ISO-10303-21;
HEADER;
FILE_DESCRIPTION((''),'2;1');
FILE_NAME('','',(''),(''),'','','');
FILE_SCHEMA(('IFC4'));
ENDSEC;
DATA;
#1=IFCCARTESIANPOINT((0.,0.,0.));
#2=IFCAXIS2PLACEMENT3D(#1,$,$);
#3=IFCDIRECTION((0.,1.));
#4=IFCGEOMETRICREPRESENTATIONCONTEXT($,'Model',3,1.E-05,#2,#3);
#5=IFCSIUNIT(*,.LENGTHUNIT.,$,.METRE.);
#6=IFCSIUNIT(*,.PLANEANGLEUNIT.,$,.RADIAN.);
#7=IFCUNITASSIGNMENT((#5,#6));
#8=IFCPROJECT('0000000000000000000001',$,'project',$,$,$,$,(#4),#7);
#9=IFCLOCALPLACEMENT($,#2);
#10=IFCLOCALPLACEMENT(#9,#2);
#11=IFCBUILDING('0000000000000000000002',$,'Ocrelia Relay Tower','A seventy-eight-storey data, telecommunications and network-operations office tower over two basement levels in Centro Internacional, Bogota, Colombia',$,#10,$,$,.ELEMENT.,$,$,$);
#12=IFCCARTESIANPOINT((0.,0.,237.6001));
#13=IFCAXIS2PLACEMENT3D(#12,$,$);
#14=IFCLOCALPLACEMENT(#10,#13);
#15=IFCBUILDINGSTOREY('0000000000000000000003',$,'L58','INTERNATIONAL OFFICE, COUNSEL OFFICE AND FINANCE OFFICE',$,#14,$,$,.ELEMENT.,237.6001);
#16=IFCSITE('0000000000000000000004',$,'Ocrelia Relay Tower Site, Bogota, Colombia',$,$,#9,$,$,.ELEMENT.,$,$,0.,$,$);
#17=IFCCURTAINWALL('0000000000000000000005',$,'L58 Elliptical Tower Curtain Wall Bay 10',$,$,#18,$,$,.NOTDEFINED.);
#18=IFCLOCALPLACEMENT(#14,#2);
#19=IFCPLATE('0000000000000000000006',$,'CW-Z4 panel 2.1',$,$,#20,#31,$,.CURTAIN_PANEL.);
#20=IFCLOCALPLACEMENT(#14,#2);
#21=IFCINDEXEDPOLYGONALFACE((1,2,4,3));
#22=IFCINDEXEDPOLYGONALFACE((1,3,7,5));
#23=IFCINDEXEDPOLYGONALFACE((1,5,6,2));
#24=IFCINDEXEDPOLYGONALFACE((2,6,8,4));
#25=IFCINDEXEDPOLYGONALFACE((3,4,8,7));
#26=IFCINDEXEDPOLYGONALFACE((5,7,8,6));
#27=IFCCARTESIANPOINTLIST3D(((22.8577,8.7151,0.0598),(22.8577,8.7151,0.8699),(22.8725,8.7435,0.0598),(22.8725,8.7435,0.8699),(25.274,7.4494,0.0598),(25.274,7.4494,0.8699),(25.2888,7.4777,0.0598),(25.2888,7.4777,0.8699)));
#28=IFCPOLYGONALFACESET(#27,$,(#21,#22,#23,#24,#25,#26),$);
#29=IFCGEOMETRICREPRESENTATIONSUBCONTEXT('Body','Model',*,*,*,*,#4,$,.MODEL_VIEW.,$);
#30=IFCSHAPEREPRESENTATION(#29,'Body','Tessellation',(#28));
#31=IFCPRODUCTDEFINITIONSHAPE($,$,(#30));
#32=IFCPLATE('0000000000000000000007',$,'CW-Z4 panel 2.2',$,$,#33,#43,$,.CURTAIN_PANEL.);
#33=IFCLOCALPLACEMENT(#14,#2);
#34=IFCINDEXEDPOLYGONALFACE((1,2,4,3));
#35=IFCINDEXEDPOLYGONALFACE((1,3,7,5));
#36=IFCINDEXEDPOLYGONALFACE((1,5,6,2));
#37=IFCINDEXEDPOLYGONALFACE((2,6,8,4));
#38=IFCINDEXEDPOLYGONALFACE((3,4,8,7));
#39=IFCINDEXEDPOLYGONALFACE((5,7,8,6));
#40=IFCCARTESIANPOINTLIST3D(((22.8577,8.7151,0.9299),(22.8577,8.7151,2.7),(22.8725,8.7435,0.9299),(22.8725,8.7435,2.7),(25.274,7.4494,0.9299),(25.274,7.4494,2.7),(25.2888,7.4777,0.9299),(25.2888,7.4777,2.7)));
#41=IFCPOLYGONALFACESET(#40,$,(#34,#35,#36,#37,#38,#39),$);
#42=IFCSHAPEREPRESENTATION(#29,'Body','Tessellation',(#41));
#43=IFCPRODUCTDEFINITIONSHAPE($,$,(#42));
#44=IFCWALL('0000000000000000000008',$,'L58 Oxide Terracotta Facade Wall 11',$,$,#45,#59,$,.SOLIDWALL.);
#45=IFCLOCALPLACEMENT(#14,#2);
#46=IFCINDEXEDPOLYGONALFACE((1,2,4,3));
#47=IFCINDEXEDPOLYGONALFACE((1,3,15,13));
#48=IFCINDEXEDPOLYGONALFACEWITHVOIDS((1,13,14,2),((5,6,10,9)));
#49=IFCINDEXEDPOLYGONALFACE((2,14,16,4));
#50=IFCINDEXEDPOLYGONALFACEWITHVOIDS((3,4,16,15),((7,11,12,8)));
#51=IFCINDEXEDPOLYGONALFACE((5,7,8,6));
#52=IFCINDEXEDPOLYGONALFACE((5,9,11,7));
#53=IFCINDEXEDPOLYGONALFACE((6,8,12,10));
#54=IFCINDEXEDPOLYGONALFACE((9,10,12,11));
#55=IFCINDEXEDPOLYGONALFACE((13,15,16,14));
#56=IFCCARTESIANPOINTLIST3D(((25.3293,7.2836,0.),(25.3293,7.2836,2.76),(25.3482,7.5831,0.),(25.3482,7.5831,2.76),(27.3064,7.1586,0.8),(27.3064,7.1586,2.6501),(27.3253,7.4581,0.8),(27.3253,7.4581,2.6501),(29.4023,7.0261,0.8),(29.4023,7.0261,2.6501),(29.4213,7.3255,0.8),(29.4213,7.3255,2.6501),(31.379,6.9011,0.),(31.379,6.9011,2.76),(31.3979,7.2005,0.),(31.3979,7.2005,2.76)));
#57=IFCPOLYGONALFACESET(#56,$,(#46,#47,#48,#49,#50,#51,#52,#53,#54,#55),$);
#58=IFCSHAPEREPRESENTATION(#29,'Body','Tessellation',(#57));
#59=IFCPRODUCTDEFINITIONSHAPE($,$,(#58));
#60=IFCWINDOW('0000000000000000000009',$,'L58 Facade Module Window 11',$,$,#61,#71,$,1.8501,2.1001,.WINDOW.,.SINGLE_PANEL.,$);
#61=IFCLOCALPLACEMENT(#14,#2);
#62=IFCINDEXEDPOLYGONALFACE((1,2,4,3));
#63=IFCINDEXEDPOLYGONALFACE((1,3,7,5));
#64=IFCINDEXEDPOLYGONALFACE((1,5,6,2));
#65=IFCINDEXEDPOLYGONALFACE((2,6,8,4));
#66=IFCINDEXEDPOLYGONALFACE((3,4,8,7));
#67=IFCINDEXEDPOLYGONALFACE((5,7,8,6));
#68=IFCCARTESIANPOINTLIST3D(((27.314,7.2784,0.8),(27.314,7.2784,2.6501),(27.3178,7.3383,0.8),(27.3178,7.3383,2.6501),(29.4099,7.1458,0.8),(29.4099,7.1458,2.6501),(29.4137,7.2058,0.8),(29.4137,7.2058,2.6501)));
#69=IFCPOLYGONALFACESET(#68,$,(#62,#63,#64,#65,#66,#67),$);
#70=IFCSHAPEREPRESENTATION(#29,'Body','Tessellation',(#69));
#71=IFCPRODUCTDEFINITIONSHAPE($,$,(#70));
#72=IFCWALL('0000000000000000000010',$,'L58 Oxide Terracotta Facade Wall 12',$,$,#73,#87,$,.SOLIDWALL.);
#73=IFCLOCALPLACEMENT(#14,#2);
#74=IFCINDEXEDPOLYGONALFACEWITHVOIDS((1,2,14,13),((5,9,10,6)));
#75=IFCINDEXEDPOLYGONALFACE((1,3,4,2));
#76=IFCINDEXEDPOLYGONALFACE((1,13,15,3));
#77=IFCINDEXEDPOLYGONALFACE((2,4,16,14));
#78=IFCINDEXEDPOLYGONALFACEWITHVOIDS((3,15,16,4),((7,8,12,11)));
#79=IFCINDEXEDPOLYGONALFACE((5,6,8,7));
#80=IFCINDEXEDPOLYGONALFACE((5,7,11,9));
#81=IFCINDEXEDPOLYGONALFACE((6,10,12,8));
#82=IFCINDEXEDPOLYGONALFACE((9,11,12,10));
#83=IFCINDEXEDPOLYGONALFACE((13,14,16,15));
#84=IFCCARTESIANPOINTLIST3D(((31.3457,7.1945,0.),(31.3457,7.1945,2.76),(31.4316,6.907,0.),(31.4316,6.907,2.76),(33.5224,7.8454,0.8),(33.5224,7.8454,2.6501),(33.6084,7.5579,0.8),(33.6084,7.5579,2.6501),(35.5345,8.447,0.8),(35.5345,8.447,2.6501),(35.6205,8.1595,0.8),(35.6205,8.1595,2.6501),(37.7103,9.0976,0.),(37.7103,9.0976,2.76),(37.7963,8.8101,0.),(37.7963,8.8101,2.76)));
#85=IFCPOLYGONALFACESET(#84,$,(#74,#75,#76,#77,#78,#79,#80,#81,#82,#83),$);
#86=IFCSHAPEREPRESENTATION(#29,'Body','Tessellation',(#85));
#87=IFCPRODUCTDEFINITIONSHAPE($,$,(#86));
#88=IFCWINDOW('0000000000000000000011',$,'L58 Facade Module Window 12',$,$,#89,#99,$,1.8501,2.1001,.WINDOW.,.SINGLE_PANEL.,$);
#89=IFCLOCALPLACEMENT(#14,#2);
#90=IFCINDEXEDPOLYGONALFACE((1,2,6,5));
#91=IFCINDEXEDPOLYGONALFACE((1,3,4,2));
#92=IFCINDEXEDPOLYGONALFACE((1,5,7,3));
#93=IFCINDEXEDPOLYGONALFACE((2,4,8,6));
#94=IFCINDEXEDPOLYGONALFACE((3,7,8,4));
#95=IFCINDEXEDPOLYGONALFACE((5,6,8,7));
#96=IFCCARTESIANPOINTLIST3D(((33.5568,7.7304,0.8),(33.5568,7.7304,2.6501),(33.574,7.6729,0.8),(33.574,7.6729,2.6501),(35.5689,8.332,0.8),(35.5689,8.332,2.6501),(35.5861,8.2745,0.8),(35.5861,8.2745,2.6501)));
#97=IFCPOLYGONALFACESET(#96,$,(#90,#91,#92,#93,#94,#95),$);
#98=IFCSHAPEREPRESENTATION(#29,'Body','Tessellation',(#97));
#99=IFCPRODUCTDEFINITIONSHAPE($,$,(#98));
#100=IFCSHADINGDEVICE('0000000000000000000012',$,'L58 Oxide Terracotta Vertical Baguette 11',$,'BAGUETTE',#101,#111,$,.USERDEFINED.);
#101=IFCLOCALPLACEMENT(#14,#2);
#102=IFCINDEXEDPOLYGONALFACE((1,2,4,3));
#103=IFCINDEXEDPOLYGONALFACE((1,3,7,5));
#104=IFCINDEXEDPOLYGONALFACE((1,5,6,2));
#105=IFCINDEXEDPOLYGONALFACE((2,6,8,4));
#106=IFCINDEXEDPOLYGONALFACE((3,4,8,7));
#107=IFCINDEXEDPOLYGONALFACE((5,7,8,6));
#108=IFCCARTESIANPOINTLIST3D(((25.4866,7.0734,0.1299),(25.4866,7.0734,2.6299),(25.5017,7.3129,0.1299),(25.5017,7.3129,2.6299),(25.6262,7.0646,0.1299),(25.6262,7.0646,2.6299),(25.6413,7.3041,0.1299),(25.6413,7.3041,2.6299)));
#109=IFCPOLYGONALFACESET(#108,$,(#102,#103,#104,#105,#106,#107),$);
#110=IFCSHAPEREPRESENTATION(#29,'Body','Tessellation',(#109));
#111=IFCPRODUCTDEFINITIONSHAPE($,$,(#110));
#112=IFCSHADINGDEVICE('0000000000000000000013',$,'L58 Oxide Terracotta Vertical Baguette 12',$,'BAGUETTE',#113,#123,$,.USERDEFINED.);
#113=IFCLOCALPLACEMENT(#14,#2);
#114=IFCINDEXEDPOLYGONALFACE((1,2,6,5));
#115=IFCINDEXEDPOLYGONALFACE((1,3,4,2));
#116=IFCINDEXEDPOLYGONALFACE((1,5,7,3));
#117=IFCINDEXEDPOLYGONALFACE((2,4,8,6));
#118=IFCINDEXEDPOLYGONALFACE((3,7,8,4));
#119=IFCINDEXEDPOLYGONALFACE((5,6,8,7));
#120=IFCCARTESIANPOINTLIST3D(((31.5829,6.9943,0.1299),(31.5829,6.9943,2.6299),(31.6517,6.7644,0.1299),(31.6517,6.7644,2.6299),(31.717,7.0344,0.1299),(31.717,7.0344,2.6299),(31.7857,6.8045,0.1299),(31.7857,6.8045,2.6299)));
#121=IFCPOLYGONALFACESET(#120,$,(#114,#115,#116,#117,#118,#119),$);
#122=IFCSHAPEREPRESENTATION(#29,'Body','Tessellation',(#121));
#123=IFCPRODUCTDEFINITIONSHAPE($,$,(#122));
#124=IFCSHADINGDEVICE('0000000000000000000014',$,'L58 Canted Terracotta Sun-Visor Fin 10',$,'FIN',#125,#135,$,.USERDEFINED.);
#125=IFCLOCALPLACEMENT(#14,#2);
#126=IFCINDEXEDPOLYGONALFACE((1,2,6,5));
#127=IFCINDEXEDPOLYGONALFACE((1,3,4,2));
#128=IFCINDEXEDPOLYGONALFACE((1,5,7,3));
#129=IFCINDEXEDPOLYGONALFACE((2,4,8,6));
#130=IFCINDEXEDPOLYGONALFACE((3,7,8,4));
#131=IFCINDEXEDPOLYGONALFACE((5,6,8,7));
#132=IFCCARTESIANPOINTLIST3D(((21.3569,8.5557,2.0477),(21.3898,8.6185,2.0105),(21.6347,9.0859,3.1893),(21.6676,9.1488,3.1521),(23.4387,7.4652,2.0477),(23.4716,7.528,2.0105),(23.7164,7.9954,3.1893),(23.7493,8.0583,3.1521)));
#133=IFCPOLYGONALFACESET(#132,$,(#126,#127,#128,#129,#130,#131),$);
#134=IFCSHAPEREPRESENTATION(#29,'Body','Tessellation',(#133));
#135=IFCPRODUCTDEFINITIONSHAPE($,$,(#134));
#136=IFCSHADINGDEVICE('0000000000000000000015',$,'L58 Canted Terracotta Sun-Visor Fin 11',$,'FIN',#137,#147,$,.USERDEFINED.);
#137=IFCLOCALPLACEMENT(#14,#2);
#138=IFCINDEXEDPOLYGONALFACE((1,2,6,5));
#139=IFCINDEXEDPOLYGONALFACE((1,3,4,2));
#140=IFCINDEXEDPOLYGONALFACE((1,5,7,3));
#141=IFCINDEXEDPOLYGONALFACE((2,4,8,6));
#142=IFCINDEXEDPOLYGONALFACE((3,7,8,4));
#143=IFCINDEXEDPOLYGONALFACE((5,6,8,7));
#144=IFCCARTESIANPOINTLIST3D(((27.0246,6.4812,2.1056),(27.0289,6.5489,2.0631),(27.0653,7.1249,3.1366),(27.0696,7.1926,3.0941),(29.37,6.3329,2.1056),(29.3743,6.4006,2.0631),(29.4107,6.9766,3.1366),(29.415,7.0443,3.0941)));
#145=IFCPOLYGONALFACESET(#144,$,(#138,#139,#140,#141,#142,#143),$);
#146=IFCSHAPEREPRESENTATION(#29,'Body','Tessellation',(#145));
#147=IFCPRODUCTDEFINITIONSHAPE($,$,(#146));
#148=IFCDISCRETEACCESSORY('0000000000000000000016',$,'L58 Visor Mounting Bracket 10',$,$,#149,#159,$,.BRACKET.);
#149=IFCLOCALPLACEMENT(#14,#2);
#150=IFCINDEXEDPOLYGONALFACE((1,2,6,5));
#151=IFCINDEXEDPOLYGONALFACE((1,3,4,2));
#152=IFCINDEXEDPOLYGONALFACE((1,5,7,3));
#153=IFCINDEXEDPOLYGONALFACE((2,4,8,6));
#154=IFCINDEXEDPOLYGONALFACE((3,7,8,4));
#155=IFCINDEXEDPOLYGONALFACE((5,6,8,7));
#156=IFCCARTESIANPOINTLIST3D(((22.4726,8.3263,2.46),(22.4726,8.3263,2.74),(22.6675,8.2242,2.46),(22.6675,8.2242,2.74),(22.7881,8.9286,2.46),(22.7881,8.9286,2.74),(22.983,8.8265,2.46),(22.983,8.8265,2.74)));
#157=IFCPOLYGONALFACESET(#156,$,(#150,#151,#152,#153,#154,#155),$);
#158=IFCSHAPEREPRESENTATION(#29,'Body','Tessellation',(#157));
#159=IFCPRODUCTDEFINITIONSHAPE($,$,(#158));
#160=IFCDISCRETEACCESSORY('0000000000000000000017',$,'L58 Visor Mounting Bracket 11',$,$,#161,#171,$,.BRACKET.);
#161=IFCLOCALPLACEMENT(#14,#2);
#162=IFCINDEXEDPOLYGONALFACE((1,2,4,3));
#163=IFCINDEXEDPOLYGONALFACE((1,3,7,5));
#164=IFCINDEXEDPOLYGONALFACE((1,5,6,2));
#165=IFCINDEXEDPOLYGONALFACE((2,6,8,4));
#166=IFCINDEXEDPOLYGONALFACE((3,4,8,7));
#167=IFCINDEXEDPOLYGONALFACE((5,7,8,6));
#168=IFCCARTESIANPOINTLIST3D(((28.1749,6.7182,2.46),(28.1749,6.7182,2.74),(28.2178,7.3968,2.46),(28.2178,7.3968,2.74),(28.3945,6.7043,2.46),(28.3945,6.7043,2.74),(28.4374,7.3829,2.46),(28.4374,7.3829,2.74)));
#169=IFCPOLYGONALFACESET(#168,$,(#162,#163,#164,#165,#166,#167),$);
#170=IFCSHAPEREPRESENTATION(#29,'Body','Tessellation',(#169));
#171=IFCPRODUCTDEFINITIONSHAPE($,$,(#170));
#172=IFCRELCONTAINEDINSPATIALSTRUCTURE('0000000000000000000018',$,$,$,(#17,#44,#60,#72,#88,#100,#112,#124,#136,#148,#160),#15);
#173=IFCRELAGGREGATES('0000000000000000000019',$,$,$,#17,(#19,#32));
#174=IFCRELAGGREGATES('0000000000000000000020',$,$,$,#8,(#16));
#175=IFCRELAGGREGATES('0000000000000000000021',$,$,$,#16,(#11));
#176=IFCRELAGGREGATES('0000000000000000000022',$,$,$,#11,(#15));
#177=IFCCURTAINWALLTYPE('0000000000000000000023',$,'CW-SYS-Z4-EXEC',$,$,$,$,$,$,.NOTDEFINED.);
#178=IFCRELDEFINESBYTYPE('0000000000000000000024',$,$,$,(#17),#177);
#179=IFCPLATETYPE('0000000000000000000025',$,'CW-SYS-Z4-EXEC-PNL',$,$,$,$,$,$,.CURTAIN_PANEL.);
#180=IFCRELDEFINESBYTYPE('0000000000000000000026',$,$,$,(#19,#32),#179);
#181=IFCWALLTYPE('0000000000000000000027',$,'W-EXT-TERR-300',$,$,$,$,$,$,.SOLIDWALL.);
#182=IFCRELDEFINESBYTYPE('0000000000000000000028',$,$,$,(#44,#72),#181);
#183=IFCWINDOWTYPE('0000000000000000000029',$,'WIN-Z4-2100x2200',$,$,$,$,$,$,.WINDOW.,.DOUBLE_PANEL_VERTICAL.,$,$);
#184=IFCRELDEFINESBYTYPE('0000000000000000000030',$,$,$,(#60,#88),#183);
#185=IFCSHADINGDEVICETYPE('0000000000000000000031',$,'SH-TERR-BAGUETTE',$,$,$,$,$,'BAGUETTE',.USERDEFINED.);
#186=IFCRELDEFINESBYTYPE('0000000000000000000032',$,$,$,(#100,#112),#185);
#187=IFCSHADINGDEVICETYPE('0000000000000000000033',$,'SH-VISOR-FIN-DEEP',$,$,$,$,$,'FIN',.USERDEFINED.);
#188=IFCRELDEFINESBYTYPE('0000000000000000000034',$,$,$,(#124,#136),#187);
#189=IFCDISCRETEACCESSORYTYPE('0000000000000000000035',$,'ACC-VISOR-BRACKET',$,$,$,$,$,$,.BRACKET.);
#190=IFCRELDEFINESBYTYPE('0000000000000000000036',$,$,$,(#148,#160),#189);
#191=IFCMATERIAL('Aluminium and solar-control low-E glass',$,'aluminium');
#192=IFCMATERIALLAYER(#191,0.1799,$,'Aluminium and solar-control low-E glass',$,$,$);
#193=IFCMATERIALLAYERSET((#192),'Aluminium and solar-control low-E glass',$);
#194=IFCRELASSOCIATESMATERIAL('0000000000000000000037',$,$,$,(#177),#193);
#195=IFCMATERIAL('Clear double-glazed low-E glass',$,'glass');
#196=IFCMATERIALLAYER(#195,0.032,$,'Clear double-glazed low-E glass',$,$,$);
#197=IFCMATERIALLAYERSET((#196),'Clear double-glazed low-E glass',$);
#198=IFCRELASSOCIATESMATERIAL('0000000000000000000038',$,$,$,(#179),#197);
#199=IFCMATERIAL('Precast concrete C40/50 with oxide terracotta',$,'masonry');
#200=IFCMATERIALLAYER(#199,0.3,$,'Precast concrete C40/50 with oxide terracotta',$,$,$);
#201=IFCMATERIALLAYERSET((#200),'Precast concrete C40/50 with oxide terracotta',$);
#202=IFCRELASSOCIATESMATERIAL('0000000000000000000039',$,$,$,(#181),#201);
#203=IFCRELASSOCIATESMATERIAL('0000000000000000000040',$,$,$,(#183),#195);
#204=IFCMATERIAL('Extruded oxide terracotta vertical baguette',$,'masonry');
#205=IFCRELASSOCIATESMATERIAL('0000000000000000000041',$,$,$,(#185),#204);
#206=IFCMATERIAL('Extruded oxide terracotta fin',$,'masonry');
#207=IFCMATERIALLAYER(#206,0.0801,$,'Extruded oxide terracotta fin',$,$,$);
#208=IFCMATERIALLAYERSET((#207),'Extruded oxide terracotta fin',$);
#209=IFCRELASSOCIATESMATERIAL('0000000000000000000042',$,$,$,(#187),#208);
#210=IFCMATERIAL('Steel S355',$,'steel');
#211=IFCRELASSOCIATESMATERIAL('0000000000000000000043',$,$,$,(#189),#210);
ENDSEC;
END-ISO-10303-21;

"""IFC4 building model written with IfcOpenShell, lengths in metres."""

from ifc_helpers import new_model, si_unit, direction, frame, frame_2d, origin, origin_2d, place, context, subcontext, project, spatial, rectangle, extrude, material, layer, layer_set, type_object, element, fill, aggregate, save


model = new_model("IFC4")

# Units and contexts
model_context = context("Model", 3, precision=1e-05, world=origin(), true_north=direction((0.0, 1.0)))
body_context = subcontext(model_context, "Body", "Model", "MODEL_VIEW")
ifc_project = project(units=[si_unit("LENGTHUNIT", "METRE"), si_unit("PLANEANGLEUNIT", "RADIAN")], contexts=[model_context])

# Site, building, storey
site_placement = place(None, origin())
site = spatial("IfcSite", under=ifc_project, at=site_placement, Name="Ocrelia Relay Tower Site, Bogota, Colombia", CompositionType="ELEMENT", RefElevation=0.0)
building_placement = place(site_placement, origin())
building = spatial("IfcBuilding", under=site, at=building_placement, Name="Ocrelia Relay Tower", Description="A seventy-eight-storey data, telecommunications and network-operations office tower over two basement levels in Centro Internacional, Bogota, Colombia", CompositionType="ELEMENT")
storey_placement = place(building_placement, frame((0.0, 0.0, 237.6001)))
storey = spatial("IfcBuildingStorey", under=building, at=storey_placement, Name="L58", Description="INTERNATIONAL OFFICE, COUNSEL OFFICE AND FINANCE OFFICE", CompositionType="ELEMENT", Elevation=237.6001)

# Shared definitions
ifc_material_1 = material(Name="Steel S355", Category="steel")

# Curtain wall, plates
ifc_material_2 = material(Name="Aluminium and solar-control low-E glass", Category="aluminium")
ifc_layer_1 = layer(ifc_material_2, 0.1799, Name="Aluminium and solar-control low-E glass")
ifc_layer_set_1 = layer_set([ifc_layer_1], Name="Aluminium and solar-control low-E glass")
curtain_wall_type = type_object("IfcCurtainWallType", Name="CW-SYS-Z4-EXEC", PredefinedType="NOTDEFINED", material=ifc_layer_set_1)
curtain_wall_placement = place(storey_placement, origin())
curtain_wall = element("IfcCurtainWall", 1, at=curtain_wall_placement, inside=storey, type_object=curtain_wall_type, Name="L58 Elliptical Tower Curtain Wall Bay 10", PredefinedType="NOTDEFINED")
ifc_material_3 = material(Name="Clear double-glazed low-E glass", Category="glass")
ifc_layer_2 = layer(ifc_material_3, 0.032, Name="Clear double-glazed low-E glass")
ifc_layer_set_2 = layer_set([ifc_layer_2], Name="Clear double-glazed low-E glass")
plate_type = type_object("IfcPlateType", Name="CW-SYS-Z4-EXEC-PNL", PredefinedType="CURTAIN_PANEL", material=ifc_layer_set_2)
plate_1_placement = place(storey_placement, frame((24.0732, 8.0964, 0.0598), z_axis=(0.0, 0.0, 1.0), x_axis=(0.885822, -0.464025, 0.0)))
plate_1 = element("IfcPlate", 2, at=plate_1_placement, type_object=plate_type, Name="CW-Z4 panel 2.1", PredefinedType="CURTAIN_PANEL", context=body_context, shape_type="SweptSolid", body=[
    extrude(rectangle(XDim=2.7278, YDim=0.032, at=origin_2d()), origin(), (0.0, 0.0, 1.0), 0.8101),
])
plate_2_placement = place(storey_placement, frame((24.0732, 8.0964, 0.9299), z_axis=(0.0, 0.0, 1.0), x_axis=(0.885822, -0.464025, 0.0)))
plate_2 = element("IfcPlate", 3, at=plate_2_placement, type_object=plate_type, Name="CW-Z4 panel 2.2", PredefinedType="CURTAIN_PANEL", context=body_context, shape_type="SweptSolid", body=[
    extrude(rectangle(XDim=2.7278, YDim=0.032, at=origin_2d()), origin(), (0.0, 0.0, 1.0), 1.77),
])
aggregate(curtain_wall, [plate_1, plate_2])

# Walls, openings, windows
ifc_material_4 = material(Name="Precast concrete C40/50 with oxide terracotta", Category="masonry")
ifc_layer_3 = layer(ifc_material_4, 0.3, Name="Precast concrete C40/50 with oxide terracotta")
ifc_layer_set_3 = layer_set([ifc_layer_3], Name="Precast concrete C40/50 with oxide terracotta")
wall_type = type_object("IfcWallType", Name="W-EXT-TERR-300", PredefinedType="SOLIDWALL", material=ifc_layer_set_3)
wall_1_placement = place(storey_placement, frame((25.3389, 7.4333, 0.0), z_axis=(0.0, 0.0, 1.0), x_axis=(0.998007, -0.06311, 0.0)))
wall_1 = element("IfcWall", 4, at=wall_1_placement, inside=storey, type_object=wall_type, Name="L58 Oxide Terracotta Facade Wall 11", PredefinedType="SOLIDWALL", context=body_context, shape_type="SweptSolid", body=[
    extrude(rectangle(XDim=6.0618, YDim=0.3, at=frame_2d((3.0308, 0.0))), origin(), (0.0, 0.0, 1.0), 2.76),
])
opening_1_placement = place(wall_1_placement, frame((1.981, 0.0, 0.8)))
opening_1 = element("IfcOpeningElement", 5, at=opening_1_placement, cuts=wall_1, PredefinedType="OPENING", context=body_context, shape_type="SweptSolid", body=[
    extrude(rectangle(XDim=2.1001, YDim=1.8501, at=frame_2d((1.05, 0.925))), frame((0.0, 0.1602, 0.0), z_axis=(0.0, -1.0, 0.0), x_axis=(1.0, 0.0, 0.0)), (0.0, 0.0, 1.0), 0.3201),
])
window_type = type_object("IfcWindowType", Name="WIN-Z4-2100x2200", PartitioningType="DOUBLE_PANEL_VERTICAL", PredefinedType="WINDOW", material=ifc_material_3)
window_1_placement = place(opening_1_placement, origin())
window_1 = element("IfcWindow", 6, at=window_1_placement, inside=storey, type_object=window_type, Name="L58 Facade Module Window 11", OverallHeight=1.8501, OverallWidth=2.1001, PartitioningType="SINGLE_PANEL", PredefinedType="WINDOW", context=body_context, shape_type="SweptSolid", body=[
    extrude(rectangle(XDim=2.1001, YDim=1.8501, at=frame_2d((1.05, 0.925))), frame((0.0, 0.03, 0.0), z_axis=(0.0, -1.0, 0.0), x_axis=(1.0, 0.0, 0.0)), (0.0, 0.0, 1.0), 0.0601),
])
fill(opening_1, window_1)
wall_2_placement = place(storey_placement, frame((31.3887, 7.0508, 0.0), z_axis=(0.0, 0.0, 1.0), x_axis=(0.958089, 0.286471, 0.0)))
wall_2 = element("IfcWall", 7, at=wall_2_placement, inside=storey, type_object=wall_type, Name="L58 Oxide Terracotta Facade Wall 12", PredefinedType="SOLIDWALL", context=body_context, shape_type="SweptSolid", body=[
    extrude(rectangle(XDim=6.6431, YDim=0.3, at=frame_2d((3.3215, 0.0))), origin(), (0.0, 0.0, 1.0), 2.76),
])
opening_2_placement = place(wall_2_placement, frame((2.272, 0.0, 0.8)))
opening_2 = element("IfcOpeningElement", 8, at=opening_2_placement, cuts=wall_2, PredefinedType="OPENING", context=body_context, shape_type="SweptSolid", body=[
    extrude(rectangle(XDim=2.1001, YDim=1.8501, at=frame_2d((1.05, 0.925))), frame((0.0, 0.1602, 0.0), z_axis=(0.0, -1.0, 0.0), x_axis=(1.0, 0.0, 0.0)), (0.0, 0.0, 1.0), 0.3201),
])
window_2_placement = place(opening_2_placement, origin())
window_2 = element("IfcWindow", 9, at=window_2_placement, inside=storey, type_object=window_type, Name="L58 Facade Module Window 12", OverallHeight=1.8501, OverallWidth=2.1001, PartitioningType="SINGLE_PANEL", PredefinedType="WINDOW", context=body_context, shape_type="SweptSolid", body=[
    extrude(rectangle(XDim=2.1001, YDim=1.8501, at=frame_2d((1.05, 0.925))), frame((0.0, 0.03, 0.0), z_axis=(0.0, -1.0, 0.0), x_axis=(1.0, 0.0, 0.0)), (0.0, 0.0, 1.0), 0.0601),
])
fill(opening_2, window_2)

# Shading devices
ifc_material_5 = material(Name="Extruded oxide terracotta vertical baguette", Category="masonry")
shading_device_type_1 = type_object("IfcShadingDeviceType", Name="SH-TERR-BAGUETTE", ElementType="BAGUETTE", PredefinedType="USERDEFINED", material=ifc_material_5)
for number, where, z_axis, x_axis, name in (
    (10, (25.564, 7.1887, 0.1299), (0.0, 0.0, 1.0), (0.998007, -0.0631, 0.0), "L58 Oxide Terracotta Vertical Baguette 11"),
    (11, (31.6843, 6.8994, 0.1299), (0.0, 0.0, 1.0), (0.958093, 0.286458, 0.0), "L58 Oxide Terracotta Vertical Baguette 12"),
):
    element("IfcShadingDevice", number, at=place(storey_placement, frame(where, z_axis=z_axis, x_axis=x_axis)), inside=storey, type_object=shading_device_type_1, Name=name, ObjectType="BAGUETTE", PredefinedType="USERDEFINED", context=body_context, shape_type="SweptSolid", body=[
        extrude(rectangle(XDim=0.1399, YDim=0.24, at=origin_2d()), origin(), (0.0, 0.0, 1.0), 2.5),
    ])
ifc_material_6 = material(Name="Extruded oxide terracotta fin", Category="masonry")
ifc_layer_4 = layer(ifc_material_6, 0.0801, Name="Extruded oxide terracotta fin")
ifc_layer_set_4 = layer_set([ifc_layer_4], Name="Extruded oxide terracotta fin")
shading_device_type_2 = type_object("IfcShadingDeviceType", Name="SH-VISOR-FIN-DEEP", ElementType="FIN", PredefinedType="USERDEFINED", material=ifc_layer_set_4)
shading_device_1_placement = place(storey_placement, frame((22.5696, 8.3384, 2.5813), z_axis=(-0.410958, -0.784517, 0.464378), x_axis=(0.885822, -0.464025, 0.0)))
element("IfcShadingDevice", 12, at=shading_device_1_placement, inside=storey, type_object=shading_device_type_2, Name="L58 Canted Terracotta Sun-Visor Fin 10", ObjectType="FIN", PredefinedType="USERDEFINED", context=body_context, shape_type="SweptSolid", body=[
    extrude(rectangle(XDim=2.3501, YDim=1.2891, at=origin_2d()), origin(), (0.0, 0.0, 1.0), 0.0801),
])
shading_device_2_placement = place(storey_placement, frame((28.2219, 6.7966, 2.5786), z_axis=(-0.053495, -0.846081, 0.530363), x_axis=(0.998007, -0.0631, 0.0)))
element("IfcShadingDevice", 13, at=shading_device_2_placement, inside=storey, type_object=shading_device_type_2, Name="L58 Canted Terracotta Sun-Visor Fin 11", ObjectType="FIN", PredefinedType="USERDEFINED", context=body_context, shape_type="SweptSolid", body=[
    extrude(rectangle(XDim=2.3501, YDim=1.2161, at=origin_2d()), origin(), (0.0, 0.0, 1.0), 0.0801),
])

# Discrete accessories
discrete_accessory_type = type_object("IfcDiscreteAccessoryType", Name="ACC-VISOR-BRACKET", PredefinedType="BRACKET", material=ifc_material_1)
for number, where, z_axis, x_axis, name in (
    (14, (22.7278, 8.5764, 2.46), (0.0, 0.0, 1.0), (0.885822, -0.464025, 0.0), "L58 Visor Mounting Bracket 10"),
    (15, (28.3062, 7.0505, 2.46), (0.0, 0.0, 1.0), (0.998007, -0.0631, 0.0), "L58 Visor Mounting Bracket 11"),
):
    element("IfcDiscreteAccessory", number, at=place(storey_placement, frame(where, z_axis=z_axis, x_axis=x_axis)), inside=storey, type_object=discrete_accessory_type, Name=name, PredefinedType="BRACKET", context=body_context, shape_type="SweptSolid", body=[
        extrude(rectangle(XDim=0.22, YDim=0.6799, at=origin_2d()), origin(), (0.0, 0.0, 1.0), 0.28),
    ])

save(model, "model.ifc")
